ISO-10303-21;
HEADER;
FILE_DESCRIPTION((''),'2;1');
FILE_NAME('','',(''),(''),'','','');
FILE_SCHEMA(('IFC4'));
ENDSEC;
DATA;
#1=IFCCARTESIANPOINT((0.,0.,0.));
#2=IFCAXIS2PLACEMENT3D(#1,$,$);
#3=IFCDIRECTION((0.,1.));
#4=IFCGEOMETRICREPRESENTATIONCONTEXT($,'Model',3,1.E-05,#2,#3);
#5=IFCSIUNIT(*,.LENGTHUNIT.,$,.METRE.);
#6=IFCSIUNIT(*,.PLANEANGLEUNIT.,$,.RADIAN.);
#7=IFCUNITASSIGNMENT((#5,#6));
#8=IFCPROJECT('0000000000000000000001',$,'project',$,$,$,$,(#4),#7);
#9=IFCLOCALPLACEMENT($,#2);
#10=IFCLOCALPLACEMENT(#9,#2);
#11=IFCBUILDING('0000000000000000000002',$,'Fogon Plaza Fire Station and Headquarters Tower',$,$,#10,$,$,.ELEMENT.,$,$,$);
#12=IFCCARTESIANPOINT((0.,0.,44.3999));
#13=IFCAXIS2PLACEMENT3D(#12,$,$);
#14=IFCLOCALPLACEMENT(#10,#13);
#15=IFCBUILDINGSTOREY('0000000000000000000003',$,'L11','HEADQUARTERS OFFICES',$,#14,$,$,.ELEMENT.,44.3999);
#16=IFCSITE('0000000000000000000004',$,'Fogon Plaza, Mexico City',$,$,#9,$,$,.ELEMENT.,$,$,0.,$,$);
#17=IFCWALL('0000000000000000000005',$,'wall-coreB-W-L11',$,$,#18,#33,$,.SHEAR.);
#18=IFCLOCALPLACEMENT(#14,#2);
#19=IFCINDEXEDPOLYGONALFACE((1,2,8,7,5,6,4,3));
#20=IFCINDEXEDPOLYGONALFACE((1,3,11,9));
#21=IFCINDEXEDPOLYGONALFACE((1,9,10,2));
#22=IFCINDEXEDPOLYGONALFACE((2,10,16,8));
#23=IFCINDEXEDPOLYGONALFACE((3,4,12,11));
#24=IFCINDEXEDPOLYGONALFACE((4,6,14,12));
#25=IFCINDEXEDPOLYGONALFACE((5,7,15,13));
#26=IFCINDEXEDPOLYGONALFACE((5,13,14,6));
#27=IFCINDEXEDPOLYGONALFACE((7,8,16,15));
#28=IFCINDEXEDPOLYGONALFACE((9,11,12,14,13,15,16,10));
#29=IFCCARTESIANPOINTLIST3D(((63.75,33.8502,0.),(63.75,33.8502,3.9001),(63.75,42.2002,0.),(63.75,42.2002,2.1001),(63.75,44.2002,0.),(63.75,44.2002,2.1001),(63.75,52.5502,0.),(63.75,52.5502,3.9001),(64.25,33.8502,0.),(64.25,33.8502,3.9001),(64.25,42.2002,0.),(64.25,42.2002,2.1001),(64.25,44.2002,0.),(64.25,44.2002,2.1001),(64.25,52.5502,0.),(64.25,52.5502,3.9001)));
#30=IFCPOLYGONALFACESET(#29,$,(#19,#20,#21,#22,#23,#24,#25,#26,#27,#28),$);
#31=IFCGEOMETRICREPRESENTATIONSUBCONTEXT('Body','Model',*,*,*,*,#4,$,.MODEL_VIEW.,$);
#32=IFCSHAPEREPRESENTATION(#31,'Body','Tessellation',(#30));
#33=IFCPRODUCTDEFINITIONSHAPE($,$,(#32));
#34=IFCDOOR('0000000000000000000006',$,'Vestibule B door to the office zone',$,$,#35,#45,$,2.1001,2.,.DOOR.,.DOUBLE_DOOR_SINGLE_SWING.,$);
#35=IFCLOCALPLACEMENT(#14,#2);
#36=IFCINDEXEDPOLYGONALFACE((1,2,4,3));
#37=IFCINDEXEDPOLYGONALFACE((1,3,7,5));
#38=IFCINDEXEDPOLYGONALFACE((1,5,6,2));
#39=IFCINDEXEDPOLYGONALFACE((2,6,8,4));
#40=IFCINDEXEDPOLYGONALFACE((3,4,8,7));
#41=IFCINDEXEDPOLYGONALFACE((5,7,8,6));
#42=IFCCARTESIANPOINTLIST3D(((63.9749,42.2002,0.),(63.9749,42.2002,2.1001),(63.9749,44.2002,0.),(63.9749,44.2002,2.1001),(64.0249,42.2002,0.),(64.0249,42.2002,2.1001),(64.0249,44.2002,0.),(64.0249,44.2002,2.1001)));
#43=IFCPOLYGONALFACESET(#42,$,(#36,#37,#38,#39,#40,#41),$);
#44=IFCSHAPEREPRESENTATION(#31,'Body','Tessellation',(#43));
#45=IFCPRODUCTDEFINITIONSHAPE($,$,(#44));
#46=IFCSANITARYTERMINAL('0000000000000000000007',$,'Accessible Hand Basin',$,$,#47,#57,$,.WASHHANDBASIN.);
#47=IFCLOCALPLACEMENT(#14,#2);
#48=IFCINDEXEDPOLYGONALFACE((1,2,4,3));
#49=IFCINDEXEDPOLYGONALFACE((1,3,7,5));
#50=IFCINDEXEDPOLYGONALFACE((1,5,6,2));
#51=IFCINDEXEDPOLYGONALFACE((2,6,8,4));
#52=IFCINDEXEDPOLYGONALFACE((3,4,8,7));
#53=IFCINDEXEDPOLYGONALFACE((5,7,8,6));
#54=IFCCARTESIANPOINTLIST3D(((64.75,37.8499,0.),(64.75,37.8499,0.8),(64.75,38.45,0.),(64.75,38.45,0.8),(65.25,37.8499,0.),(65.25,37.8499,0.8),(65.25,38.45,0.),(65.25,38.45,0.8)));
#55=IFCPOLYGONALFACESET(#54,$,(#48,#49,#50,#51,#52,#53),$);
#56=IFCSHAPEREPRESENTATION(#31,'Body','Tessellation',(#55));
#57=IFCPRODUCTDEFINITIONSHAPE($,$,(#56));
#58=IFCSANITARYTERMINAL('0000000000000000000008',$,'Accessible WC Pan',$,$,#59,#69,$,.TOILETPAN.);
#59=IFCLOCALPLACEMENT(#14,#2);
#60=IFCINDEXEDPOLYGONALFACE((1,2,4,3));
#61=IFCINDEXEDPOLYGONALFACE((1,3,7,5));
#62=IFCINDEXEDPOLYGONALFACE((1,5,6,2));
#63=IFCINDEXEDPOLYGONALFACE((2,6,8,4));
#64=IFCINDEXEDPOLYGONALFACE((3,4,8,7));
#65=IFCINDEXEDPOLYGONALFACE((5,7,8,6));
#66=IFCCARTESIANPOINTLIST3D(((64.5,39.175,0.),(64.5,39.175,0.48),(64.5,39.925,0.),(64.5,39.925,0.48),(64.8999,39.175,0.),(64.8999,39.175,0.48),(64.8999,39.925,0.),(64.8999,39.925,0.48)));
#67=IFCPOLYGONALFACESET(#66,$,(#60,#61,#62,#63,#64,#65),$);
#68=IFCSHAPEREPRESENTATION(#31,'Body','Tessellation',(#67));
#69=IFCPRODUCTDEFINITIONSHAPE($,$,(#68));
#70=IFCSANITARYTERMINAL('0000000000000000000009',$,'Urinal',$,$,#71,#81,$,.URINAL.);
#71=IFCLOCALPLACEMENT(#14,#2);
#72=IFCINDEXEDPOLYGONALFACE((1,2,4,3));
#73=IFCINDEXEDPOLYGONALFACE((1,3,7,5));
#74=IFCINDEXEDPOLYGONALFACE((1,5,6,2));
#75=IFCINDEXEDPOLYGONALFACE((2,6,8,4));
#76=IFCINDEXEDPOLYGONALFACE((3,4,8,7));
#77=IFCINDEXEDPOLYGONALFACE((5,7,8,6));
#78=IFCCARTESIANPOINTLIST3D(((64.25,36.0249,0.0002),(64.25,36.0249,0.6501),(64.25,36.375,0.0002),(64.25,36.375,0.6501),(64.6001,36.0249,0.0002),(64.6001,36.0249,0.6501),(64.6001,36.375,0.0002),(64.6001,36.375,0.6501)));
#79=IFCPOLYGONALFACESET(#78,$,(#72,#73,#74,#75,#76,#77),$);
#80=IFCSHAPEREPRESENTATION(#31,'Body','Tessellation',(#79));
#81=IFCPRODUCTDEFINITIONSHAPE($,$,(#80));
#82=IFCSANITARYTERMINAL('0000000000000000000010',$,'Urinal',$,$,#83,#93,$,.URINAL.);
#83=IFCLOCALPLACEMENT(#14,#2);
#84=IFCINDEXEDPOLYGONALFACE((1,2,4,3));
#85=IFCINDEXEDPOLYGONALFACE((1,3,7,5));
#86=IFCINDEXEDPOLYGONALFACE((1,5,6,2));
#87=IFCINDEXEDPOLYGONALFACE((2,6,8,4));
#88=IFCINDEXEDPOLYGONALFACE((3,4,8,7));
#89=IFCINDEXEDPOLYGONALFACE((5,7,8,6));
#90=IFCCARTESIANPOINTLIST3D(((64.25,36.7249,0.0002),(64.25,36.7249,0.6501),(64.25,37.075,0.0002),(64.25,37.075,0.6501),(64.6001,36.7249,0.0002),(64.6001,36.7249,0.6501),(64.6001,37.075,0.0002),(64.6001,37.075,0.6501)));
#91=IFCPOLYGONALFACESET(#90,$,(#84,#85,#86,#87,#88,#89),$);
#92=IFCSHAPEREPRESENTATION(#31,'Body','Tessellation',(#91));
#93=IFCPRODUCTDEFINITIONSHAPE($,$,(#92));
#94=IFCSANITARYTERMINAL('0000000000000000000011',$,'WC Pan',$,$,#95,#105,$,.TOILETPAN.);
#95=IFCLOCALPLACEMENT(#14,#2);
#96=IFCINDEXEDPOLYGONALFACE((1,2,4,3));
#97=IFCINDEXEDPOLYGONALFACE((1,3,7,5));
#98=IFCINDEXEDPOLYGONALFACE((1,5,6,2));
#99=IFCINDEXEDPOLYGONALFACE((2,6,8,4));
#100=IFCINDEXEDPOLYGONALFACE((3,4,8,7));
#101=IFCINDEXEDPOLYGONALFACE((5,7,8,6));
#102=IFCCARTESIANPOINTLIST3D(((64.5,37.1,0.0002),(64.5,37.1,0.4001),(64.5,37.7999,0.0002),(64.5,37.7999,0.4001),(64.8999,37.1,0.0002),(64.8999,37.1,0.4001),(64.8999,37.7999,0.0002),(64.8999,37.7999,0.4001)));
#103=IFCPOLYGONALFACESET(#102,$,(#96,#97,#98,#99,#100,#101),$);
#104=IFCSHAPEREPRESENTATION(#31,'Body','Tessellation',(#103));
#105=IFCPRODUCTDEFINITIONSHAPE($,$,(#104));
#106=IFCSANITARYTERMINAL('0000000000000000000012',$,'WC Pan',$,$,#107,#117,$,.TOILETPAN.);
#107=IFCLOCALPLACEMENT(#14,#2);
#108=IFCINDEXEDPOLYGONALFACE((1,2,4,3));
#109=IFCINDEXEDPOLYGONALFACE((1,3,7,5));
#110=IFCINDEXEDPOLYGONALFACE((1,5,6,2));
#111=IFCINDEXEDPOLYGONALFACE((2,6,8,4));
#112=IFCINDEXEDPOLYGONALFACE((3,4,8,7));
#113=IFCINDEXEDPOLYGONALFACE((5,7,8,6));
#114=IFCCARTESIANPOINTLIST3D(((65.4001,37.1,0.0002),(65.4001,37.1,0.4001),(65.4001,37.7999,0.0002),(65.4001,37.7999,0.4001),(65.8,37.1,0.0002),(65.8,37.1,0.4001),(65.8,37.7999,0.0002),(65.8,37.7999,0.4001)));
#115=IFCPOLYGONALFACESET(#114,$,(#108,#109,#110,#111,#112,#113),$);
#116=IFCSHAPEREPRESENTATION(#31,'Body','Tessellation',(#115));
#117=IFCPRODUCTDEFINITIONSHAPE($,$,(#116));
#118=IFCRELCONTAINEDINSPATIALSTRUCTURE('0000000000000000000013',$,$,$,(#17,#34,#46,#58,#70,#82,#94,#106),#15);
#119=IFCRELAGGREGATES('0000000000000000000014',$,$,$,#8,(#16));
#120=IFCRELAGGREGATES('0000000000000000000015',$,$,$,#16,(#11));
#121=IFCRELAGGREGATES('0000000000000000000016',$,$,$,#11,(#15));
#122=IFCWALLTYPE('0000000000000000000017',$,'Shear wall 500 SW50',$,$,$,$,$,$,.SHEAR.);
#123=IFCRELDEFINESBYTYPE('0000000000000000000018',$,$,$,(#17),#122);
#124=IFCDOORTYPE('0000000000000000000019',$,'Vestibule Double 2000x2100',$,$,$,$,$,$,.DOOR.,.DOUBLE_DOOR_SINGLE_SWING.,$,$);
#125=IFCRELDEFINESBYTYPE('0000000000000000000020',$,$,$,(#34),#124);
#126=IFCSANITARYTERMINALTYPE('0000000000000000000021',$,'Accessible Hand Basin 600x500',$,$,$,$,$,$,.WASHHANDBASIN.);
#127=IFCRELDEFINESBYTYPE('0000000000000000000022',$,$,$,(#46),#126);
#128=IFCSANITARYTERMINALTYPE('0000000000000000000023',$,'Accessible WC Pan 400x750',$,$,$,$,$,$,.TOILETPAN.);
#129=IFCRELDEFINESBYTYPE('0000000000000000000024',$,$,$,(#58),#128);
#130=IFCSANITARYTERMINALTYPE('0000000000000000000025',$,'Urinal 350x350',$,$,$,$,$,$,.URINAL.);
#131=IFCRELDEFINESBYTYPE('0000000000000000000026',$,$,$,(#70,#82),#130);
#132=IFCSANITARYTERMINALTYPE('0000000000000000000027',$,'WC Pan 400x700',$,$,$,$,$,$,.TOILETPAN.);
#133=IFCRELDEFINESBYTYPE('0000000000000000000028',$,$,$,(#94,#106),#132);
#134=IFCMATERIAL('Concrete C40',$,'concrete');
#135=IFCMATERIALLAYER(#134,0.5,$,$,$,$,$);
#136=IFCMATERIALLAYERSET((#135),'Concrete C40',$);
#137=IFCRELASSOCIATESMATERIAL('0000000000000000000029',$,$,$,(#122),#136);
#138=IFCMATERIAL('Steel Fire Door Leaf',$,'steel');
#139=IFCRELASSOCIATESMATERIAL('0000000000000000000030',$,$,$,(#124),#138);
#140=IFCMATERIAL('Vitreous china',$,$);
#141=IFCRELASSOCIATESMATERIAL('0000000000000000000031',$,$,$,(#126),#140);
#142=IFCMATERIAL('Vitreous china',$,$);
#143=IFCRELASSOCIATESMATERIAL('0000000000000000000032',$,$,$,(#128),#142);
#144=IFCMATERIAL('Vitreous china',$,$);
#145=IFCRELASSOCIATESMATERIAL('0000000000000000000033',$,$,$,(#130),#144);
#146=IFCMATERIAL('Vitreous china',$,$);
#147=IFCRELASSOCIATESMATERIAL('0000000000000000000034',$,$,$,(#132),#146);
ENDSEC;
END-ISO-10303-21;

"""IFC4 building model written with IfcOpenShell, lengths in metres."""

from ifc_helpers import new_model, si_unit, direction, frame, frame_2d, origin, origin_2d, place, context, subcontext, project, spatial, rectangle, extrude, material, layer, layer_set, type_object, element, fill, save


model = new_model("IFC4")

# Units and contexts
model_context = context("Model", 3, precision=1e-05, world=origin(), true_north=direction((0.0, 1.0)))
body_context = subcontext(model_context, "Body", "Model", "MODEL_VIEW")
ifc_project = project(units=[si_unit("LENGTHUNIT", "METRE"), si_unit("PLANEANGLEUNIT", "RADIAN")], contexts=[model_context])

# Site, building, storey
site_placement = place(None, origin())
site = spatial("IfcSite", under=ifc_project, at=site_placement, Name="Fogon Plaza, Mexico City", CompositionType="ELEMENT", RefElevation=0.0)
building_placement = place(site_placement, origin())
building = spatial("IfcBuilding", under=site, at=building_placement, Name="Fogon Plaza Fire Station and Headquarters Tower", CompositionType="ELEMENT")
storey_placement = place(building_placement, frame((0.0, 0.0, 44.3999)))
storey = spatial("IfcBuildingStorey", under=building, at=storey_placement, Name="L11", Description="HEADQUARTERS OFFICES", CompositionType="ELEMENT", Elevation=44.3999)

# Shared definitions
ifc_material_1 = material(Name="Concrete C40", Category="concrete")
ifc_layer_1 = layer(ifc_material_1, 0.5)
ifc_layer_set_1 = layer_set([ifc_layer_1], Name="Concrete C40")
wall_type_1 = type_object("IfcWallType", Name="Shear wall 500 SW50", PredefinedType="SHEAR", material=ifc_layer_set_1)

# Wall, opening, door
wall_1_placement = place(storey_placement, frame((64.0, 33.8501, 0.0), z_axis=(0.0, 0.0, 1.0), x_axis=(0.0, 1.0, 0.0)))
wall_1 = element("IfcWall", 1, at=wall_1_placement, inside=storey, type_object=wall_type_1, Name="wall-coreB-W-L11", PredefinedType="SHEAR", context=body_context, shape_type="SweptSolid", body=[
    extrude(rectangle(XDim=18.7, YDim=0.5, at=frame_2d((9.3501, 0.0))), origin(), (0.0, 0.0, 1.0), 3.9001),
])
opening_1_placement = place(wall_1_placement, frame((8.3501, 0.0, 0.0)))
opening_1 = element("IfcOpeningElement", 2, at=opening_1_placement, cuts=wall_1, PredefinedType="OPENING", context=body_context, shape_type="SweptSolid", body=[
    extrude(rectangle(XDim=2.0, YDim=2.1001, at=frame_2d((1.0, 1.05))), frame((0.0, 0.26, 0.0), z_axis=(0.0, -1.0, 0.0), x_axis=(1.0, 0.0, 0.0)), (0.0, 0.0, 1.0), 0.52),
])
ifc_material_2 = material(Name="Steel Fire Door Leaf", Category="steel")
door_type = type_object("IfcDoorType", Name="Vestibule Double 2000x2100", OperationType="DOUBLE_DOOR_SINGLE_SWING", PredefinedType="DOOR", material=ifc_material_2)
door_placement = place(opening_1_placement, frame((2.0, 0.0, 0.0), z_axis=(0.0, 0.0, 1.0), x_axis=(-1.0, 0.0, 0.0)))
door = element("IfcDoor", 3, at=door_placement, inside=storey, type_object=door_type, Name="Vestibule B door to the office zone", OperationType="DOUBLE_DOOR_SINGLE_SWING", OverallHeight=2.1001, OverallWidth=2.0, PredefinedType="DOOR", context=body_context, shape_type="SweptSolid", body=[
    extrude(rectangle(XDim=2.0, YDim=2.1001, at=frame_2d((1.0, 1.05))), frame((0.0, 0.0249, 0.0), z_axis=(0.0, -1.0, 0.0), x_axis=(1.0, 0.0, 0.0)), (0.0, 0.0, 1.0), 0.05),
])
fill(opening_1, door)

# Sanitary terminals
ifc_material_3 = material(Name="Vitreous china")
sanitary_terminal_type_1 = type_object("IfcSanitaryTerminalType", Name="Accessible Hand Basin 600x500", PredefinedType="WASHHANDBASIN", material=ifc_material_3)
sanitary_terminal_1_placement = place(storey_placement, frame((65.0, 38.1499, 0.0), z_axis=(0.0, 0.0, 1.0), x_axis=(1.0, 0.0, 0.0)))
element("IfcSanitaryTerminal", 4, at=sanitary_terminal_1_placement, inside=storey, type_object=sanitary_terminal_type_1, Name="Accessible Hand Basin", PredefinedType="WASHHANDBASIN", context=body_context, shape_type="SweptSolid", body=[
    extrude(rectangle(XDim=0.5, YDim=0.6001, at=origin_2d()), origin(), (0.0, 0.0, 1.0), 0.8),
])
ifc_material_4 = material(Name="Vitreous china")
sanitary_terminal_type_2 = type_object("IfcSanitaryTerminalType", Name="Accessible WC Pan 400x750", PredefinedType="TOILETPAN", material=ifc_material_4)
sanitary_terminal_2_placement = place(storey_placement, frame((64.7, 39.55, 0.0), z_axis=(0.0, 0.0, 1.0), x_axis=(1.0, 0.0, 0.0)))
element("IfcSanitaryTerminal", 5, at=sanitary_terminal_2_placement, inside=storey, type_object=sanitary_terminal_type_2, Name="Accessible WC Pan", PredefinedType="TOILETPAN", context=body_context, shape_type="SweptSolid", body=[
    extrude(rectangle(XDim=0.3999, YDim=0.75, at=origin_2d()), origin(), (0.0, 0.0, 1.0), 0.48),
])
ifc_material_5 = material(Name="Vitreous china")
sanitary_terminal_type_3 = type_object("IfcSanitaryTerminalType", Name="Urinal 350x350", PredefinedType="URINAL", material=ifc_material_5)
for number, where, z_axis, x_axis, name in (
    (6, (64.425, 36.2, 0.0002), (0.0, 0.0, 1.0), (1.0, 0.0, 0.0), "Urinal"),
    (7, (64.425, 36.8999, 0.0002), (0.0, 0.0, 1.0), (1.0, 0.0, 0.0), "Urinal"),
):
    element("IfcSanitaryTerminal", number, at=place(storey_placement, frame(where, z_axis=z_axis, x_axis=x_axis)), inside=storey, type_object=sanitary_terminal_type_3, Name=name, PredefinedType="URINAL", context=body_context, shape_type="SweptSolid", body=[
        extrude(rectangle(XDim=0.3501, YDim=0.3501, at=origin_2d()), origin(), (0.0, 0.0, 1.0), 0.6499),
    ])
ifc_material_6 = material(Name="Vitreous china")
sanitary_terminal_type_4 = type_object("IfcSanitaryTerminalType", Name="WC Pan 400x700", PredefinedType="TOILETPAN", material=ifc_material_6)
for number, where, z_axis, x_axis, name in (
    (8, (64.7, 37.45, 0.0002), (0.0, 0.0, 1.0), (1.0, 0.0, 0.0), "WC Pan"),
    (9, (65.6001, 37.45, 0.0002), (0.0, 0.0, 1.0), (1.0, 0.0, 0.0), "WC Pan"),
):
    element("IfcSanitaryTerminal", number, at=place(storey_placement, frame(where, z_axis=z_axis, x_axis=x_axis)), inside=storey, type_object=sanitary_terminal_type_4, Name=name, PredefinedType="TOILETPAN", context=body_context, shape_type="SweptSolid", body=[
        extrude(rectangle(XDim=0.3999, YDim=0.7, at=origin_2d()), origin(), (0.0, 0.0, 1.0), 0.3999),
    ])

save(model, "model.ifc")
